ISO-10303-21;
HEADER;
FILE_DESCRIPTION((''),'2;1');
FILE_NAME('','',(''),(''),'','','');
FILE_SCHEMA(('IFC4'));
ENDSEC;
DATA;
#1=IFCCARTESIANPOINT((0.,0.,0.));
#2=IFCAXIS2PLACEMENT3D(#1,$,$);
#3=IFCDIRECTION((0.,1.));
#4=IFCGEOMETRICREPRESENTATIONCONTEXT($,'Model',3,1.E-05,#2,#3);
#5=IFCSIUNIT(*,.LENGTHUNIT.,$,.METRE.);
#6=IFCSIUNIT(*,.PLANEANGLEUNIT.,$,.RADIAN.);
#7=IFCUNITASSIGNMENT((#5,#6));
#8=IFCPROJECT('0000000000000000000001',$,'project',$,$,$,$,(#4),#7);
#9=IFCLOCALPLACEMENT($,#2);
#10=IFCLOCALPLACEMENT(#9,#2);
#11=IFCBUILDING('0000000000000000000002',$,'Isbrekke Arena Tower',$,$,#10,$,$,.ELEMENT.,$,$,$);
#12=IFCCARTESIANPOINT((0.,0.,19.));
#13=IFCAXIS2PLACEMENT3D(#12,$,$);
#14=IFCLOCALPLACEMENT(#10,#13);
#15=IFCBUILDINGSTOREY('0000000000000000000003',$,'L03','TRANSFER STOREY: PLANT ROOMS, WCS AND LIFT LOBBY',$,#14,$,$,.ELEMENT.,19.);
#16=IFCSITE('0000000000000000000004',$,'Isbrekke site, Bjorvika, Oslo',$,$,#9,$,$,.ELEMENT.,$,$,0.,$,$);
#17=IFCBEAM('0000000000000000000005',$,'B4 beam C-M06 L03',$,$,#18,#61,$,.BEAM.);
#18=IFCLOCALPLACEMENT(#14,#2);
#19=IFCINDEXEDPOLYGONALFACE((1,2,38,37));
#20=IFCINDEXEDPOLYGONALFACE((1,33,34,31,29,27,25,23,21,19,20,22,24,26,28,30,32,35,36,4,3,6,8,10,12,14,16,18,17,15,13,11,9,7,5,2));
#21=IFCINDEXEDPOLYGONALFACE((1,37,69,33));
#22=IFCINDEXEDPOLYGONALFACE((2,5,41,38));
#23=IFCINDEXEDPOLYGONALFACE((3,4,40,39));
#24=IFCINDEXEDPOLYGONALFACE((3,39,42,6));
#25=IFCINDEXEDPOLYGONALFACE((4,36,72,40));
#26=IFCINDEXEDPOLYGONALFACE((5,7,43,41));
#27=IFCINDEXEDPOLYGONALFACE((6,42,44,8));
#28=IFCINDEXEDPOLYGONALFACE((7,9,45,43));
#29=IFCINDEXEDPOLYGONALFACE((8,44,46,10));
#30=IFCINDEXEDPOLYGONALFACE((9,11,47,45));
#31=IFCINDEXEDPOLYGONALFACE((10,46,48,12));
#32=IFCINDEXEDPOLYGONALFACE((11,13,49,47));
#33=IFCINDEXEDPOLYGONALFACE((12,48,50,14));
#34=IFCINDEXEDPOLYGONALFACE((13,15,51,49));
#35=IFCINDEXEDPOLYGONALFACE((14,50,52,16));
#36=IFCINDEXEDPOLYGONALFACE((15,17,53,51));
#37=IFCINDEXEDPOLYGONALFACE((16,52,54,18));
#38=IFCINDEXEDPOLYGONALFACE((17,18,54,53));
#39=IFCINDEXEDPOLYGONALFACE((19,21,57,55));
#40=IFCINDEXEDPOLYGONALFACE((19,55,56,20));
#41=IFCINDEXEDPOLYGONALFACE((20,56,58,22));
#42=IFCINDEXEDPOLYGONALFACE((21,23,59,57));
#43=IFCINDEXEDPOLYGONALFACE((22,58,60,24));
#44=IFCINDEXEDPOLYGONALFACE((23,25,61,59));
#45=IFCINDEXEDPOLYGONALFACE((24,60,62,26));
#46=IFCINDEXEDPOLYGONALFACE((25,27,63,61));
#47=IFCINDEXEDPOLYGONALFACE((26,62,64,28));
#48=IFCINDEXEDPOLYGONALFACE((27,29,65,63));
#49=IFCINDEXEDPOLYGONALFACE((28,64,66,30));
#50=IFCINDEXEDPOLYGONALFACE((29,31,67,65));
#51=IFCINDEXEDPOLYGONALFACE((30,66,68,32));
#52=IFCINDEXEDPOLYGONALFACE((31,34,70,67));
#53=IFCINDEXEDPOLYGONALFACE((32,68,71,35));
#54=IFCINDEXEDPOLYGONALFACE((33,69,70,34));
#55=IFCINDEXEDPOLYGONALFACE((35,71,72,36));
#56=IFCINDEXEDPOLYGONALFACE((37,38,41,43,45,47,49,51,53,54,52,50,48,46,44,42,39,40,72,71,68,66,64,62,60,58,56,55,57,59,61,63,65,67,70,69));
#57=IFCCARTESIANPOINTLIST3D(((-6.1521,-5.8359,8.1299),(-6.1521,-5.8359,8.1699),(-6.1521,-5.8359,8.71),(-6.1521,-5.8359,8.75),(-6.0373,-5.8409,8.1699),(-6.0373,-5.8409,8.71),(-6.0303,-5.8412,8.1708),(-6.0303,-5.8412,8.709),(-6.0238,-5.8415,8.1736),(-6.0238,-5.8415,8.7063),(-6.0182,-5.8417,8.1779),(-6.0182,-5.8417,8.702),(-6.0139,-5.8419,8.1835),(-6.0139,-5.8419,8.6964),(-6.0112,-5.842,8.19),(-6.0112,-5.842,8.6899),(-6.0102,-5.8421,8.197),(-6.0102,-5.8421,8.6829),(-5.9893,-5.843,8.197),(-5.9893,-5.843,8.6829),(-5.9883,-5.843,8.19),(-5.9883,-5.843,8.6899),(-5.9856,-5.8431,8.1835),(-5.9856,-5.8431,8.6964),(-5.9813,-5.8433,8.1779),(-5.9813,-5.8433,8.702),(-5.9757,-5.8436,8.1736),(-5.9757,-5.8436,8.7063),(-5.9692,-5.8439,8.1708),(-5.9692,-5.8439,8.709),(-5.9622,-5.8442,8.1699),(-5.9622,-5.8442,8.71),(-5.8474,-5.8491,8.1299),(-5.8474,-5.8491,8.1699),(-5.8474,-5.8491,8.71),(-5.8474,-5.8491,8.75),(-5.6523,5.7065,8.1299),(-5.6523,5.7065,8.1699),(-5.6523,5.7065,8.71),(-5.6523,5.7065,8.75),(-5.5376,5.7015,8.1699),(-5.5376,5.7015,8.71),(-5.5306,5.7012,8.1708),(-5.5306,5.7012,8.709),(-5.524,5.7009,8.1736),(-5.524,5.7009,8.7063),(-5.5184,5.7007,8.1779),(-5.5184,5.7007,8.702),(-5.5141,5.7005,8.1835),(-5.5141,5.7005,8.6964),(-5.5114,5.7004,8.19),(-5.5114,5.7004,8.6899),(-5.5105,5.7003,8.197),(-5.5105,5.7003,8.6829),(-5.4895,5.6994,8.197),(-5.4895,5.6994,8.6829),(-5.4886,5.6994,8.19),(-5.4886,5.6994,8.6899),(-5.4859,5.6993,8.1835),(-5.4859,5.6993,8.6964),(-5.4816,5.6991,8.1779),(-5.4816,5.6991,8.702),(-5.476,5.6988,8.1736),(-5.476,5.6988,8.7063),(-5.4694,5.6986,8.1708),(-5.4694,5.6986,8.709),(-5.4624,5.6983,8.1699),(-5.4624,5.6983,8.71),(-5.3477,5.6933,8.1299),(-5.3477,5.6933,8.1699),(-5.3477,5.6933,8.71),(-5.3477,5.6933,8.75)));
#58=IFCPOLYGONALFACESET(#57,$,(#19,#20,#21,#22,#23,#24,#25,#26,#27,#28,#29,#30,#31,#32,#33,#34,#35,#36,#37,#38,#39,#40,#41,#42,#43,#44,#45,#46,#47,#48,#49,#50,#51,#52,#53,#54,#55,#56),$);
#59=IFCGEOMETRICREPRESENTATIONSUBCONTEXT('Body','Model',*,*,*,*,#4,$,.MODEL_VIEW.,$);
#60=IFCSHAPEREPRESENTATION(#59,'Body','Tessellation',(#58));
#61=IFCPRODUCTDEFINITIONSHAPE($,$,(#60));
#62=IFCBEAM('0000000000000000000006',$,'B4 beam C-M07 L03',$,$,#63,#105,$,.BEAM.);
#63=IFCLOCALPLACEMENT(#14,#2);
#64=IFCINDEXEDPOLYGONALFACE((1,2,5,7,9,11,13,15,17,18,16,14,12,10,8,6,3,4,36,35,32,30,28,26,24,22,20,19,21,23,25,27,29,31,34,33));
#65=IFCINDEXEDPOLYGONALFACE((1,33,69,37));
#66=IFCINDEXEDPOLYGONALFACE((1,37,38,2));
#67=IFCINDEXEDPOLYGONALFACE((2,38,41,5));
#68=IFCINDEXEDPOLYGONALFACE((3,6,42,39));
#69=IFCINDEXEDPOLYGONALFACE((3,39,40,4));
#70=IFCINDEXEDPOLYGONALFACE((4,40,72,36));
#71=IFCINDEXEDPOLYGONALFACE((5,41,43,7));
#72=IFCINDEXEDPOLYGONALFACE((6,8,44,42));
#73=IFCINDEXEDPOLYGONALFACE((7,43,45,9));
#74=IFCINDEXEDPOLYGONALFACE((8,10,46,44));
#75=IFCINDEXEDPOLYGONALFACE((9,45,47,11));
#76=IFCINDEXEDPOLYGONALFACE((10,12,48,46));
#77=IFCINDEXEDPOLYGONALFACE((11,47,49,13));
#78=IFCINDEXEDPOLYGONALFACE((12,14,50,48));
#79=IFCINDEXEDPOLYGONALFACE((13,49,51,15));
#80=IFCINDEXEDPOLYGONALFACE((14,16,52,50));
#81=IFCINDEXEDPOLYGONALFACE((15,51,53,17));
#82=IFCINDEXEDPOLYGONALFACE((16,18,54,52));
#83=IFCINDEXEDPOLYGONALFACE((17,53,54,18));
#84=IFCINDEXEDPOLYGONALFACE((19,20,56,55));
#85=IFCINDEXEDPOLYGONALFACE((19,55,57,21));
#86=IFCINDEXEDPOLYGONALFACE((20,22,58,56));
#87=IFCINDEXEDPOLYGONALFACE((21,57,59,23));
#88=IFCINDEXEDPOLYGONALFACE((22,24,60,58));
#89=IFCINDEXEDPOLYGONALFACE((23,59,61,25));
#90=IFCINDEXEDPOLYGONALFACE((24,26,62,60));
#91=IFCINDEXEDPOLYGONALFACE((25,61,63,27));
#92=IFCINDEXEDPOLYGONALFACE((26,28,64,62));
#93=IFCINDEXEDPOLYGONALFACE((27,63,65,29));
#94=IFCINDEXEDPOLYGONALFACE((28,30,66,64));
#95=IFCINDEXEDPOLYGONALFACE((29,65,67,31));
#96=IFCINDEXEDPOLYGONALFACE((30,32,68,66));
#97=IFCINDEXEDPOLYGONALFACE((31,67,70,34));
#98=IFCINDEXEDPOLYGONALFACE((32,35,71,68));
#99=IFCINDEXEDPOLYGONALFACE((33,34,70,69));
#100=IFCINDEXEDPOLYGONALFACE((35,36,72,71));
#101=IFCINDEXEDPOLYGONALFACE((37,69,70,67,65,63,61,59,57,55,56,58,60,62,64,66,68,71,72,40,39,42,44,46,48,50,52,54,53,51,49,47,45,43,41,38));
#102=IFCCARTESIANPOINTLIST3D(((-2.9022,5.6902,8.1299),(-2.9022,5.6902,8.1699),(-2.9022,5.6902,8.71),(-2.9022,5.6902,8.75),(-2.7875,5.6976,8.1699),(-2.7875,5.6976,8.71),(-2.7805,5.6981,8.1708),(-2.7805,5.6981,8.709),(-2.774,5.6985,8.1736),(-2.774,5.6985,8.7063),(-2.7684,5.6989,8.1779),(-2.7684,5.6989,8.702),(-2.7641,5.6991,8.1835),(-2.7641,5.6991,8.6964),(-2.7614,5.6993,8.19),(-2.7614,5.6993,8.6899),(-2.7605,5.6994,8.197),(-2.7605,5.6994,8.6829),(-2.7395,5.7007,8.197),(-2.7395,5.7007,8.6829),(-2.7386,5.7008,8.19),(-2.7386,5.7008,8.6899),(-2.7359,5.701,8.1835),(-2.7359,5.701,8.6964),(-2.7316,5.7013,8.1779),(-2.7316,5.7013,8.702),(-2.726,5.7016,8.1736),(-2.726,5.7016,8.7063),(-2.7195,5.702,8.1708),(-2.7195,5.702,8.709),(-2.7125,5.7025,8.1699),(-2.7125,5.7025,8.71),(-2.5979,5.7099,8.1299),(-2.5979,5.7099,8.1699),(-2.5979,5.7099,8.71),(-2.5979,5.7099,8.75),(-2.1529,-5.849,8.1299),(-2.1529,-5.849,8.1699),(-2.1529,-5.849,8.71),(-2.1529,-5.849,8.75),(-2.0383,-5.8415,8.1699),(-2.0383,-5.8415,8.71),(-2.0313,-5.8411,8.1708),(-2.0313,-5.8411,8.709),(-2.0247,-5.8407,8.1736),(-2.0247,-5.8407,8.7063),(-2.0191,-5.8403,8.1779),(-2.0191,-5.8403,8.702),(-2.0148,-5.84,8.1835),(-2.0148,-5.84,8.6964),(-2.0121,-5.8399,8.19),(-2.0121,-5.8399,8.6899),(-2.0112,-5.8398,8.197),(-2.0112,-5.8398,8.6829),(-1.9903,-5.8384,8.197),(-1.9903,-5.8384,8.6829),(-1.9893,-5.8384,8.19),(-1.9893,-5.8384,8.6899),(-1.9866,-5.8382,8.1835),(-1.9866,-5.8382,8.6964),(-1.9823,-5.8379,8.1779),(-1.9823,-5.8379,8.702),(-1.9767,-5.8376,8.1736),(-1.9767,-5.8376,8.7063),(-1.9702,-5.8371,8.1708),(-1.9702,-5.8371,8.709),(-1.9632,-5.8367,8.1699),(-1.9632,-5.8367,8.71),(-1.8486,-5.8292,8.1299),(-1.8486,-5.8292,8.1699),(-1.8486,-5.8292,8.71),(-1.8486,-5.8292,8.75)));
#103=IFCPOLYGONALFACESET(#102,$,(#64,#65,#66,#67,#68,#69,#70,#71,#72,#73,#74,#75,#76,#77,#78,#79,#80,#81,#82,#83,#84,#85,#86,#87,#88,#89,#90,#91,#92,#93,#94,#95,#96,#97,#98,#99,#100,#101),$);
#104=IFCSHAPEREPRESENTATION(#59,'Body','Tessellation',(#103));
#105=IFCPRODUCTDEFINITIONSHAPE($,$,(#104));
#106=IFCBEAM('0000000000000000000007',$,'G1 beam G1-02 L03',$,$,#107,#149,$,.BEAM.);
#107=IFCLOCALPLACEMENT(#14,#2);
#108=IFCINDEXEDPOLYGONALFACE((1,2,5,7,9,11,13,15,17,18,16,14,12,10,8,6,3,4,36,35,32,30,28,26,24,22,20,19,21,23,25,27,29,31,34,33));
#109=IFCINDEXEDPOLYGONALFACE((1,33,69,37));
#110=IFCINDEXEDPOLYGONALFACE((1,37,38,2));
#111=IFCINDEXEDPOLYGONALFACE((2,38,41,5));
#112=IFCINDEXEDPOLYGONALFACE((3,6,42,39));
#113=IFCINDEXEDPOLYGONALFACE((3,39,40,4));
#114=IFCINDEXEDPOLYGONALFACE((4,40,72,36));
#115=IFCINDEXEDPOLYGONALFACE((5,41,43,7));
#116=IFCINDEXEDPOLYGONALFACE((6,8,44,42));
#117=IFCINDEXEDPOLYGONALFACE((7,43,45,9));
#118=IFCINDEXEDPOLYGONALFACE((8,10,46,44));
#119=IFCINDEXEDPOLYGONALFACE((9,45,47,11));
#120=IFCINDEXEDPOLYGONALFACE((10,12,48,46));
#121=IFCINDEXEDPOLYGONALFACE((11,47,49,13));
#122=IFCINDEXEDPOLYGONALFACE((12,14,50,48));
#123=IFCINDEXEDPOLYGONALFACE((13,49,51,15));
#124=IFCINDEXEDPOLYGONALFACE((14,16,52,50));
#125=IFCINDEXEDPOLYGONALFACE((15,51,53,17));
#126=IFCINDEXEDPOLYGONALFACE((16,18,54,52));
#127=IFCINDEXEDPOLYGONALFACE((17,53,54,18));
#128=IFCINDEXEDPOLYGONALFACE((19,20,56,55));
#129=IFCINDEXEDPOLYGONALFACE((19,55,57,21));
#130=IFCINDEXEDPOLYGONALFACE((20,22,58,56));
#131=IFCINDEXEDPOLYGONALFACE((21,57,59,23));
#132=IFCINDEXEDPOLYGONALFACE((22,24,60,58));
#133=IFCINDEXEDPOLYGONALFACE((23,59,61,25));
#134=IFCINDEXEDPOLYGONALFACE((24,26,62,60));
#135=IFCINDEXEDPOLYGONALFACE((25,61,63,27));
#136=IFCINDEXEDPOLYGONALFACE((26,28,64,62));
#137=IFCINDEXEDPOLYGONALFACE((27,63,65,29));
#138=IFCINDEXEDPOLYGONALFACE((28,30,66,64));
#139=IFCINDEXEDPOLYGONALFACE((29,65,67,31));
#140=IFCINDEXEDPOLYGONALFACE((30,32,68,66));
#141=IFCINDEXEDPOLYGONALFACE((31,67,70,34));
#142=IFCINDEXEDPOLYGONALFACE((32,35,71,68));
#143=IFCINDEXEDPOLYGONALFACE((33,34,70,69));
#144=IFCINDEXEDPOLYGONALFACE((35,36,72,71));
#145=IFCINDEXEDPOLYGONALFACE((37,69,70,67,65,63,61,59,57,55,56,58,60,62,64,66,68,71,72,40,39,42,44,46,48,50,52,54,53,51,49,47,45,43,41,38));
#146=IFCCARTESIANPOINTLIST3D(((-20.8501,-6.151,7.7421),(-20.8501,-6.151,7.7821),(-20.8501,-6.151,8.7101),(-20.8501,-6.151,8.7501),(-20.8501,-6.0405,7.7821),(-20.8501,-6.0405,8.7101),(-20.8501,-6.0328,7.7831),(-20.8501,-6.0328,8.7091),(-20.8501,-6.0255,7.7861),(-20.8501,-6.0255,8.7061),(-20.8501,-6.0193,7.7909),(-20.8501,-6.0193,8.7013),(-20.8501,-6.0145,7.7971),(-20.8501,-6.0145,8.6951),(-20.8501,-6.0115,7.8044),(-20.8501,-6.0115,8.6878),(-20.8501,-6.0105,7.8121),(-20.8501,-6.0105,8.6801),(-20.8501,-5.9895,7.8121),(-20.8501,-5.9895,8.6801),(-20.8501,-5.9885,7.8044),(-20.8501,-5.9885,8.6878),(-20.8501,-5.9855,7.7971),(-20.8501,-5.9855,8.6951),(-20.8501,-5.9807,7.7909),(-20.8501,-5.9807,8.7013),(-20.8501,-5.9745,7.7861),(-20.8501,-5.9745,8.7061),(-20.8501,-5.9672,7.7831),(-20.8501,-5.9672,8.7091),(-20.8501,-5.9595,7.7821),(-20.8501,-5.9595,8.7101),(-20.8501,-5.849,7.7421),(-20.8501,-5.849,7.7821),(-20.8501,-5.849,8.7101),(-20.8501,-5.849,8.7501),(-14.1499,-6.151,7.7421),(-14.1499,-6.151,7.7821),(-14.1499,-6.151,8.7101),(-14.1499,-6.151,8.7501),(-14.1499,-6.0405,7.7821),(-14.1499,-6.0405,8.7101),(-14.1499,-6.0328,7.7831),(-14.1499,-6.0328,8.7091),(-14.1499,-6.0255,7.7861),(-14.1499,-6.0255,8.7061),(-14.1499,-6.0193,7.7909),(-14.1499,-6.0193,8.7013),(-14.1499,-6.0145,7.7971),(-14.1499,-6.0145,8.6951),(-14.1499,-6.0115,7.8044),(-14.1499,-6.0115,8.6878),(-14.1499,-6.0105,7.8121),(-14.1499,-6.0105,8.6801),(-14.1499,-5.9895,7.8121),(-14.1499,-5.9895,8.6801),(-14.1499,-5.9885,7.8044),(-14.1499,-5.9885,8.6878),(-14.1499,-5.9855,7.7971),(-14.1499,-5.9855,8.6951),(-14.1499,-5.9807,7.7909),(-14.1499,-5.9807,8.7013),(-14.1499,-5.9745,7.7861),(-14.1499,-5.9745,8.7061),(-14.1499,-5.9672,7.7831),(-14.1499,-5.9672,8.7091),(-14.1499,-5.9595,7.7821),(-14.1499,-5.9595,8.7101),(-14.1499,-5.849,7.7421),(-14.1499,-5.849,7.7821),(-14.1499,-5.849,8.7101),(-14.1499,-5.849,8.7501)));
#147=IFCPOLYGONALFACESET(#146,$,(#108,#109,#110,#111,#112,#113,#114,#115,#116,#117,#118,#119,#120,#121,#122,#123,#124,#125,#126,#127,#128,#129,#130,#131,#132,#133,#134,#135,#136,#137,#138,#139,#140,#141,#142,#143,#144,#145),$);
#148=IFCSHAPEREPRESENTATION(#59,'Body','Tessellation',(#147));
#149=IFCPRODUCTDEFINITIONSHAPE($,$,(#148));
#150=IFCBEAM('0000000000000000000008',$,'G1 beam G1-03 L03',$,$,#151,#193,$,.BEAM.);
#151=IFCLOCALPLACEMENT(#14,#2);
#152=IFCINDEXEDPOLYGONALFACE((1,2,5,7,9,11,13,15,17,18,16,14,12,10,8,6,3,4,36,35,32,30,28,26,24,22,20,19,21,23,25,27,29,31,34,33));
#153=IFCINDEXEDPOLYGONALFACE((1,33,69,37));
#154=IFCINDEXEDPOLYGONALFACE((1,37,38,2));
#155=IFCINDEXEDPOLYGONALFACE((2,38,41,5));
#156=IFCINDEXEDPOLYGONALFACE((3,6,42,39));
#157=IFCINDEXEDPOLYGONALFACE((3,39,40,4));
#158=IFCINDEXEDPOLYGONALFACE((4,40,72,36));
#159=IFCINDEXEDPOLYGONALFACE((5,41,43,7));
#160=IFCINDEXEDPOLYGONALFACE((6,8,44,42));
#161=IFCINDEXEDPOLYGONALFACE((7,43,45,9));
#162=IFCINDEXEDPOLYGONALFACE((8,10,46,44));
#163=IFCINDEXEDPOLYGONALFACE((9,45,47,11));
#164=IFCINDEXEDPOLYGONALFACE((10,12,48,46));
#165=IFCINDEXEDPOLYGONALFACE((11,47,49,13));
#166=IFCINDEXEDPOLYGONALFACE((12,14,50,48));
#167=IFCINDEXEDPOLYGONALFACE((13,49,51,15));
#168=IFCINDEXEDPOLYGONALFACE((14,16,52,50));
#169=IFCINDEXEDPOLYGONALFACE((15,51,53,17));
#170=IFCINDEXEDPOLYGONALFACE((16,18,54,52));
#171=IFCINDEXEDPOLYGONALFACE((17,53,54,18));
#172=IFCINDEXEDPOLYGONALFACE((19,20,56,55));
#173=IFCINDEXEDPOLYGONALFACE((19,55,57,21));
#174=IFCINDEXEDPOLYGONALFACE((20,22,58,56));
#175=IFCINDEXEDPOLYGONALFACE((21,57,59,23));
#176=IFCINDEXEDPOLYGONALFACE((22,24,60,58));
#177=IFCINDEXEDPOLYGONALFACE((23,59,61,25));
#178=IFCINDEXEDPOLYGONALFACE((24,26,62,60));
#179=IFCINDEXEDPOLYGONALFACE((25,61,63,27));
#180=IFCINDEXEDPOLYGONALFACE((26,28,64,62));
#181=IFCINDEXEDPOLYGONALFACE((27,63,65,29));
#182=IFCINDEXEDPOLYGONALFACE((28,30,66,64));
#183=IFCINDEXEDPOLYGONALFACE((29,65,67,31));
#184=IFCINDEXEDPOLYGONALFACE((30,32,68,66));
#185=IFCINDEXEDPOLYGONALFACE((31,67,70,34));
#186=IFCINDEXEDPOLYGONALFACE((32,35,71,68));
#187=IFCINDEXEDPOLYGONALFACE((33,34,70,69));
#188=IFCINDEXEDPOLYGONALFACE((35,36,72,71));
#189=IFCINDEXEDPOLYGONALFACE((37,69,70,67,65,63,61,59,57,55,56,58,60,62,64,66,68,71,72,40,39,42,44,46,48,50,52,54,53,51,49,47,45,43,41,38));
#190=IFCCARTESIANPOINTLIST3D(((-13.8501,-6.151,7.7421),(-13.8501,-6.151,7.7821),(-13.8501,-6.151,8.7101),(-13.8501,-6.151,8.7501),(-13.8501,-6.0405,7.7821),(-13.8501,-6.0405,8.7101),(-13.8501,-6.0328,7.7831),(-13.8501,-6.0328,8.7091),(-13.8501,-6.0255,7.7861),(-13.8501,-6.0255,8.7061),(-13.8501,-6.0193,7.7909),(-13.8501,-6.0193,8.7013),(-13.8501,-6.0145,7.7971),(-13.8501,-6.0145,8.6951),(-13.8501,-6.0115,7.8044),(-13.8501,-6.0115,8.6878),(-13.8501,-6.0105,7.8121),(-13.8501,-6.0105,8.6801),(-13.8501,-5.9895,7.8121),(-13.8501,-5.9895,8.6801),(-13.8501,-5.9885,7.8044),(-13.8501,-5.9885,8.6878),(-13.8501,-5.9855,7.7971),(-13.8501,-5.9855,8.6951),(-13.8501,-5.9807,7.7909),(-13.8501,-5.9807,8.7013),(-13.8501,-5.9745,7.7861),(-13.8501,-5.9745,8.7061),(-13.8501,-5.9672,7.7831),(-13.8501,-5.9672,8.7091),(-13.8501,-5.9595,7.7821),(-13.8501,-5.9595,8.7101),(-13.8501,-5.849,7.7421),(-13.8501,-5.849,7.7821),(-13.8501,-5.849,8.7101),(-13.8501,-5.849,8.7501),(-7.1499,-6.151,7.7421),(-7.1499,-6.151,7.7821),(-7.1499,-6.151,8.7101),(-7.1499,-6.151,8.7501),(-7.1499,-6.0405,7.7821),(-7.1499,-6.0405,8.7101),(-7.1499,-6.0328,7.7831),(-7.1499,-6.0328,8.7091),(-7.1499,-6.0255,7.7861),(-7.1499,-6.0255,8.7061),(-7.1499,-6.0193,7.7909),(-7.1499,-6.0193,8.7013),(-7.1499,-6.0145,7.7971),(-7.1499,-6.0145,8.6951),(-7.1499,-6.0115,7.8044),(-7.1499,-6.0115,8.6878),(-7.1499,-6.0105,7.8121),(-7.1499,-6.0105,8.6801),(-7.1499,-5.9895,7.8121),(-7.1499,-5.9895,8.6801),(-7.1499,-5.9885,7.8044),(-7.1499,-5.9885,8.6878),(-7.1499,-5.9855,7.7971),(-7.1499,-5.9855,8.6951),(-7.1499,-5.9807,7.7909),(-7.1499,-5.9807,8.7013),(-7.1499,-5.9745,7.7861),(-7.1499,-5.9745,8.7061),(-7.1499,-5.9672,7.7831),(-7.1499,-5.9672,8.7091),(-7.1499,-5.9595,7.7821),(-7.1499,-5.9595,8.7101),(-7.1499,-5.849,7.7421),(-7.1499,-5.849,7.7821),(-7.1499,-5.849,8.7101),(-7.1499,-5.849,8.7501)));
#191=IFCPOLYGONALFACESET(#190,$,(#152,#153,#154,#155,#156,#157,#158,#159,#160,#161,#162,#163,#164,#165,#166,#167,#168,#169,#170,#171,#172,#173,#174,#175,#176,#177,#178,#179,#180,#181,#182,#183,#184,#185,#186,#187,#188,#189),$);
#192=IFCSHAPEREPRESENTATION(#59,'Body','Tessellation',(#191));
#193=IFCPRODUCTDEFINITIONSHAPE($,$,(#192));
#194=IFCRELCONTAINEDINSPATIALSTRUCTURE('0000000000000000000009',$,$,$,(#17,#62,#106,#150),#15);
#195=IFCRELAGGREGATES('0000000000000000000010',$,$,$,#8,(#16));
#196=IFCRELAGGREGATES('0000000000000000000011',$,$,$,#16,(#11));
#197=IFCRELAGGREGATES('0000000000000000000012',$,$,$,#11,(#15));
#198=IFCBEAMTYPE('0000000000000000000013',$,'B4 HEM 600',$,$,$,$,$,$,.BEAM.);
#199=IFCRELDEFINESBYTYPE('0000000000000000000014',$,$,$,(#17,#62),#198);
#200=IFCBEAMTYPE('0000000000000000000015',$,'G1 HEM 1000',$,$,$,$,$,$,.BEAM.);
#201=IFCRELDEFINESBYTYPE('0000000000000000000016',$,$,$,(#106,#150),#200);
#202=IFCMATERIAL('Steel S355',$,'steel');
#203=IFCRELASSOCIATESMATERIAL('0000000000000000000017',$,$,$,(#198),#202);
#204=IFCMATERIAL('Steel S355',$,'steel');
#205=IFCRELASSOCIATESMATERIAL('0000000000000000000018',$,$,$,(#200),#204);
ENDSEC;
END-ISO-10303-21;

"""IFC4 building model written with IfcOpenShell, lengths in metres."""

from ifc_helpers import new_model, si_unit, direction, frame, origin, origin_2d, place, context, subcontext, project, spatial, i_section, extrude, material, material_profile, profile_set, type_object, element, save


model = new_model("IFC4")

# Units and contexts
model_context = context("Model", 3, precision=1e-05, world=origin(), true_north=direction((0.0, 1.0)))
body_context = subcontext(model_context, "Body", "Model", "MODEL_VIEW")
ifc_project = project(units=[si_unit("LENGTHUNIT", "METRE"), si_unit("PLANEANGLEUNIT", "RADIAN")], contexts=[model_context])

# Site, building, storey
site_placement = place(None, origin())
site = spatial("IfcSite", under=ifc_project, at=site_placement, Name="Isbrekke site, Bjorvika, Oslo", CompositionType="ELEMENT", RefElevation=0.0)
building_placement = place(site_placement, origin())
building = spatial("IfcBuilding", under=site, at=building_placement, Name="Isbrekke Arena Tower", CompositionType="ELEMENT")
storey_placement = place(building_placement, frame((0.0, 0.0, 19.0)))
storey = spatial("IfcBuildingStorey", under=building, at=storey_placement, Name="L03", Description="TRANSFER STOREY: PLANT ROOMS, WCS AND LIFT LOBBY", CompositionType="ELEMENT", Elevation=19.0)

# Beams
ifc_material_1 = material(Name="Steel S355", Category="steel")
ifc_material_profile_1 = material_profile(ifc_material_1, i_section(OverallWidth=0.3049, OverallDepth=0.6201, WebThickness=0.021, FlangeThickness=0.04, FilletRadius=0.0271, at=origin_2d()), Name="HEM 600")
ifc_profile_set_1 = profile_set([ifc_material_profile_1], Name="Steel S355")
beam_type_1 = type_object("IfcBeamType", Name="B4 HEM 600", PredefinedType="BEAM", material=ifc_profile_set_1)
beam_1_placement = place(storey_placement, frame((-5.9998, -5.8425, 8.4399), z_axis=(0.043257, 0.999064, 0.0), x_axis=(-0.999064, 0.043257, 0.0)))
element("IfcBeam", 1, at=beam_1_placement, inside=storey, type_object=beam_type_1, Name="B4 beam C-M06 L03", PredefinedType="BEAM", context=body_context, shape_type="SweptSolid", body=[
    extrude(i_section(OverallWidth=0.3049, OverallDepth=0.6201, WebThickness=0.021, FlangeThickness=0.04, FilletRadius=0.0271, at=origin_2d()), origin(), (0.0, 0.0, 1.0), 11.5532),
])
beam_2_placement = place(storey_placement, frame((-2.0007, -5.8391, 8.4399), z_axis=(-0.064797, 0.997898, 0.0), x_axis=(-0.997898, -0.064797, 0.0)))
element("IfcBeam", 2, at=beam_2_placement, inside=storey, type_object=beam_type_1, Name="B4 beam C-M07 L03", PredefinedType="BEAM", context=body_context, shape_type="SweptSolid", body=[
    extrude(i_section(OverallWidth=0.3049, OverallDepth=0.6201, WebThickness=0.021, FlangeThickness=0.04, FilletRadius=0.0271, at=origin_2d()), origin(), (0.0, 0.0, 1.0), 11.5635),
])
ifc_material_2 = material(Name="Steel S355", Category="steel")
ifc_material_profile_2 = material_profile(ifc_material_2, i_section(OverallWidth=0.302, OverallDepth=1.0081, WebThickness=0.021, FlangeThickness=0.04, FilletRadius=0.03, at=origin_2d()), Name="HEM 1000")
ifc_profile_set_2 = profile_set([ifc_material_profile_2], Name="Steel S355")
beam_type_2 = type_object("IfcBeamType", Name="G1 HEM 1000", PredefinedType="BEAM", material=ifc_profile_set_2)
for number, where, z_axis, x_axis, name in (
    (3, (-20.8501, -6.0, 8.2461), (1.0, 0.0, 0.0), (0.0, 1.0, 0.0), "G1 beam G1-02 L03"),
    (4, (-13.8501, -6.0, 8.2461), (1.0, 0.0, 0.0), (0.0, 1.0, 0.0), "G1 beam G1-03 L03"),
):
    element("IfcBeam", number, at=place(storey_placement, frame(where, z_axis=z_axis, x_axis=x_axis)), inside=storey, type_object=beam_type_2, Name=name, PredefinedType="BEAM", context=body_context, shape_type="SweptSolid", body=[
        extrude(i_section(OverallWidth=0.302, OverallDepth=1.0081, WebThickness=0.021, FlangeThickness=0.04, FilletRadius=0.03, at=origin_2d()), origin(), (0.0, 0.0, 1.0), 6.7002),
    ])

save(model, "model.ifc")
